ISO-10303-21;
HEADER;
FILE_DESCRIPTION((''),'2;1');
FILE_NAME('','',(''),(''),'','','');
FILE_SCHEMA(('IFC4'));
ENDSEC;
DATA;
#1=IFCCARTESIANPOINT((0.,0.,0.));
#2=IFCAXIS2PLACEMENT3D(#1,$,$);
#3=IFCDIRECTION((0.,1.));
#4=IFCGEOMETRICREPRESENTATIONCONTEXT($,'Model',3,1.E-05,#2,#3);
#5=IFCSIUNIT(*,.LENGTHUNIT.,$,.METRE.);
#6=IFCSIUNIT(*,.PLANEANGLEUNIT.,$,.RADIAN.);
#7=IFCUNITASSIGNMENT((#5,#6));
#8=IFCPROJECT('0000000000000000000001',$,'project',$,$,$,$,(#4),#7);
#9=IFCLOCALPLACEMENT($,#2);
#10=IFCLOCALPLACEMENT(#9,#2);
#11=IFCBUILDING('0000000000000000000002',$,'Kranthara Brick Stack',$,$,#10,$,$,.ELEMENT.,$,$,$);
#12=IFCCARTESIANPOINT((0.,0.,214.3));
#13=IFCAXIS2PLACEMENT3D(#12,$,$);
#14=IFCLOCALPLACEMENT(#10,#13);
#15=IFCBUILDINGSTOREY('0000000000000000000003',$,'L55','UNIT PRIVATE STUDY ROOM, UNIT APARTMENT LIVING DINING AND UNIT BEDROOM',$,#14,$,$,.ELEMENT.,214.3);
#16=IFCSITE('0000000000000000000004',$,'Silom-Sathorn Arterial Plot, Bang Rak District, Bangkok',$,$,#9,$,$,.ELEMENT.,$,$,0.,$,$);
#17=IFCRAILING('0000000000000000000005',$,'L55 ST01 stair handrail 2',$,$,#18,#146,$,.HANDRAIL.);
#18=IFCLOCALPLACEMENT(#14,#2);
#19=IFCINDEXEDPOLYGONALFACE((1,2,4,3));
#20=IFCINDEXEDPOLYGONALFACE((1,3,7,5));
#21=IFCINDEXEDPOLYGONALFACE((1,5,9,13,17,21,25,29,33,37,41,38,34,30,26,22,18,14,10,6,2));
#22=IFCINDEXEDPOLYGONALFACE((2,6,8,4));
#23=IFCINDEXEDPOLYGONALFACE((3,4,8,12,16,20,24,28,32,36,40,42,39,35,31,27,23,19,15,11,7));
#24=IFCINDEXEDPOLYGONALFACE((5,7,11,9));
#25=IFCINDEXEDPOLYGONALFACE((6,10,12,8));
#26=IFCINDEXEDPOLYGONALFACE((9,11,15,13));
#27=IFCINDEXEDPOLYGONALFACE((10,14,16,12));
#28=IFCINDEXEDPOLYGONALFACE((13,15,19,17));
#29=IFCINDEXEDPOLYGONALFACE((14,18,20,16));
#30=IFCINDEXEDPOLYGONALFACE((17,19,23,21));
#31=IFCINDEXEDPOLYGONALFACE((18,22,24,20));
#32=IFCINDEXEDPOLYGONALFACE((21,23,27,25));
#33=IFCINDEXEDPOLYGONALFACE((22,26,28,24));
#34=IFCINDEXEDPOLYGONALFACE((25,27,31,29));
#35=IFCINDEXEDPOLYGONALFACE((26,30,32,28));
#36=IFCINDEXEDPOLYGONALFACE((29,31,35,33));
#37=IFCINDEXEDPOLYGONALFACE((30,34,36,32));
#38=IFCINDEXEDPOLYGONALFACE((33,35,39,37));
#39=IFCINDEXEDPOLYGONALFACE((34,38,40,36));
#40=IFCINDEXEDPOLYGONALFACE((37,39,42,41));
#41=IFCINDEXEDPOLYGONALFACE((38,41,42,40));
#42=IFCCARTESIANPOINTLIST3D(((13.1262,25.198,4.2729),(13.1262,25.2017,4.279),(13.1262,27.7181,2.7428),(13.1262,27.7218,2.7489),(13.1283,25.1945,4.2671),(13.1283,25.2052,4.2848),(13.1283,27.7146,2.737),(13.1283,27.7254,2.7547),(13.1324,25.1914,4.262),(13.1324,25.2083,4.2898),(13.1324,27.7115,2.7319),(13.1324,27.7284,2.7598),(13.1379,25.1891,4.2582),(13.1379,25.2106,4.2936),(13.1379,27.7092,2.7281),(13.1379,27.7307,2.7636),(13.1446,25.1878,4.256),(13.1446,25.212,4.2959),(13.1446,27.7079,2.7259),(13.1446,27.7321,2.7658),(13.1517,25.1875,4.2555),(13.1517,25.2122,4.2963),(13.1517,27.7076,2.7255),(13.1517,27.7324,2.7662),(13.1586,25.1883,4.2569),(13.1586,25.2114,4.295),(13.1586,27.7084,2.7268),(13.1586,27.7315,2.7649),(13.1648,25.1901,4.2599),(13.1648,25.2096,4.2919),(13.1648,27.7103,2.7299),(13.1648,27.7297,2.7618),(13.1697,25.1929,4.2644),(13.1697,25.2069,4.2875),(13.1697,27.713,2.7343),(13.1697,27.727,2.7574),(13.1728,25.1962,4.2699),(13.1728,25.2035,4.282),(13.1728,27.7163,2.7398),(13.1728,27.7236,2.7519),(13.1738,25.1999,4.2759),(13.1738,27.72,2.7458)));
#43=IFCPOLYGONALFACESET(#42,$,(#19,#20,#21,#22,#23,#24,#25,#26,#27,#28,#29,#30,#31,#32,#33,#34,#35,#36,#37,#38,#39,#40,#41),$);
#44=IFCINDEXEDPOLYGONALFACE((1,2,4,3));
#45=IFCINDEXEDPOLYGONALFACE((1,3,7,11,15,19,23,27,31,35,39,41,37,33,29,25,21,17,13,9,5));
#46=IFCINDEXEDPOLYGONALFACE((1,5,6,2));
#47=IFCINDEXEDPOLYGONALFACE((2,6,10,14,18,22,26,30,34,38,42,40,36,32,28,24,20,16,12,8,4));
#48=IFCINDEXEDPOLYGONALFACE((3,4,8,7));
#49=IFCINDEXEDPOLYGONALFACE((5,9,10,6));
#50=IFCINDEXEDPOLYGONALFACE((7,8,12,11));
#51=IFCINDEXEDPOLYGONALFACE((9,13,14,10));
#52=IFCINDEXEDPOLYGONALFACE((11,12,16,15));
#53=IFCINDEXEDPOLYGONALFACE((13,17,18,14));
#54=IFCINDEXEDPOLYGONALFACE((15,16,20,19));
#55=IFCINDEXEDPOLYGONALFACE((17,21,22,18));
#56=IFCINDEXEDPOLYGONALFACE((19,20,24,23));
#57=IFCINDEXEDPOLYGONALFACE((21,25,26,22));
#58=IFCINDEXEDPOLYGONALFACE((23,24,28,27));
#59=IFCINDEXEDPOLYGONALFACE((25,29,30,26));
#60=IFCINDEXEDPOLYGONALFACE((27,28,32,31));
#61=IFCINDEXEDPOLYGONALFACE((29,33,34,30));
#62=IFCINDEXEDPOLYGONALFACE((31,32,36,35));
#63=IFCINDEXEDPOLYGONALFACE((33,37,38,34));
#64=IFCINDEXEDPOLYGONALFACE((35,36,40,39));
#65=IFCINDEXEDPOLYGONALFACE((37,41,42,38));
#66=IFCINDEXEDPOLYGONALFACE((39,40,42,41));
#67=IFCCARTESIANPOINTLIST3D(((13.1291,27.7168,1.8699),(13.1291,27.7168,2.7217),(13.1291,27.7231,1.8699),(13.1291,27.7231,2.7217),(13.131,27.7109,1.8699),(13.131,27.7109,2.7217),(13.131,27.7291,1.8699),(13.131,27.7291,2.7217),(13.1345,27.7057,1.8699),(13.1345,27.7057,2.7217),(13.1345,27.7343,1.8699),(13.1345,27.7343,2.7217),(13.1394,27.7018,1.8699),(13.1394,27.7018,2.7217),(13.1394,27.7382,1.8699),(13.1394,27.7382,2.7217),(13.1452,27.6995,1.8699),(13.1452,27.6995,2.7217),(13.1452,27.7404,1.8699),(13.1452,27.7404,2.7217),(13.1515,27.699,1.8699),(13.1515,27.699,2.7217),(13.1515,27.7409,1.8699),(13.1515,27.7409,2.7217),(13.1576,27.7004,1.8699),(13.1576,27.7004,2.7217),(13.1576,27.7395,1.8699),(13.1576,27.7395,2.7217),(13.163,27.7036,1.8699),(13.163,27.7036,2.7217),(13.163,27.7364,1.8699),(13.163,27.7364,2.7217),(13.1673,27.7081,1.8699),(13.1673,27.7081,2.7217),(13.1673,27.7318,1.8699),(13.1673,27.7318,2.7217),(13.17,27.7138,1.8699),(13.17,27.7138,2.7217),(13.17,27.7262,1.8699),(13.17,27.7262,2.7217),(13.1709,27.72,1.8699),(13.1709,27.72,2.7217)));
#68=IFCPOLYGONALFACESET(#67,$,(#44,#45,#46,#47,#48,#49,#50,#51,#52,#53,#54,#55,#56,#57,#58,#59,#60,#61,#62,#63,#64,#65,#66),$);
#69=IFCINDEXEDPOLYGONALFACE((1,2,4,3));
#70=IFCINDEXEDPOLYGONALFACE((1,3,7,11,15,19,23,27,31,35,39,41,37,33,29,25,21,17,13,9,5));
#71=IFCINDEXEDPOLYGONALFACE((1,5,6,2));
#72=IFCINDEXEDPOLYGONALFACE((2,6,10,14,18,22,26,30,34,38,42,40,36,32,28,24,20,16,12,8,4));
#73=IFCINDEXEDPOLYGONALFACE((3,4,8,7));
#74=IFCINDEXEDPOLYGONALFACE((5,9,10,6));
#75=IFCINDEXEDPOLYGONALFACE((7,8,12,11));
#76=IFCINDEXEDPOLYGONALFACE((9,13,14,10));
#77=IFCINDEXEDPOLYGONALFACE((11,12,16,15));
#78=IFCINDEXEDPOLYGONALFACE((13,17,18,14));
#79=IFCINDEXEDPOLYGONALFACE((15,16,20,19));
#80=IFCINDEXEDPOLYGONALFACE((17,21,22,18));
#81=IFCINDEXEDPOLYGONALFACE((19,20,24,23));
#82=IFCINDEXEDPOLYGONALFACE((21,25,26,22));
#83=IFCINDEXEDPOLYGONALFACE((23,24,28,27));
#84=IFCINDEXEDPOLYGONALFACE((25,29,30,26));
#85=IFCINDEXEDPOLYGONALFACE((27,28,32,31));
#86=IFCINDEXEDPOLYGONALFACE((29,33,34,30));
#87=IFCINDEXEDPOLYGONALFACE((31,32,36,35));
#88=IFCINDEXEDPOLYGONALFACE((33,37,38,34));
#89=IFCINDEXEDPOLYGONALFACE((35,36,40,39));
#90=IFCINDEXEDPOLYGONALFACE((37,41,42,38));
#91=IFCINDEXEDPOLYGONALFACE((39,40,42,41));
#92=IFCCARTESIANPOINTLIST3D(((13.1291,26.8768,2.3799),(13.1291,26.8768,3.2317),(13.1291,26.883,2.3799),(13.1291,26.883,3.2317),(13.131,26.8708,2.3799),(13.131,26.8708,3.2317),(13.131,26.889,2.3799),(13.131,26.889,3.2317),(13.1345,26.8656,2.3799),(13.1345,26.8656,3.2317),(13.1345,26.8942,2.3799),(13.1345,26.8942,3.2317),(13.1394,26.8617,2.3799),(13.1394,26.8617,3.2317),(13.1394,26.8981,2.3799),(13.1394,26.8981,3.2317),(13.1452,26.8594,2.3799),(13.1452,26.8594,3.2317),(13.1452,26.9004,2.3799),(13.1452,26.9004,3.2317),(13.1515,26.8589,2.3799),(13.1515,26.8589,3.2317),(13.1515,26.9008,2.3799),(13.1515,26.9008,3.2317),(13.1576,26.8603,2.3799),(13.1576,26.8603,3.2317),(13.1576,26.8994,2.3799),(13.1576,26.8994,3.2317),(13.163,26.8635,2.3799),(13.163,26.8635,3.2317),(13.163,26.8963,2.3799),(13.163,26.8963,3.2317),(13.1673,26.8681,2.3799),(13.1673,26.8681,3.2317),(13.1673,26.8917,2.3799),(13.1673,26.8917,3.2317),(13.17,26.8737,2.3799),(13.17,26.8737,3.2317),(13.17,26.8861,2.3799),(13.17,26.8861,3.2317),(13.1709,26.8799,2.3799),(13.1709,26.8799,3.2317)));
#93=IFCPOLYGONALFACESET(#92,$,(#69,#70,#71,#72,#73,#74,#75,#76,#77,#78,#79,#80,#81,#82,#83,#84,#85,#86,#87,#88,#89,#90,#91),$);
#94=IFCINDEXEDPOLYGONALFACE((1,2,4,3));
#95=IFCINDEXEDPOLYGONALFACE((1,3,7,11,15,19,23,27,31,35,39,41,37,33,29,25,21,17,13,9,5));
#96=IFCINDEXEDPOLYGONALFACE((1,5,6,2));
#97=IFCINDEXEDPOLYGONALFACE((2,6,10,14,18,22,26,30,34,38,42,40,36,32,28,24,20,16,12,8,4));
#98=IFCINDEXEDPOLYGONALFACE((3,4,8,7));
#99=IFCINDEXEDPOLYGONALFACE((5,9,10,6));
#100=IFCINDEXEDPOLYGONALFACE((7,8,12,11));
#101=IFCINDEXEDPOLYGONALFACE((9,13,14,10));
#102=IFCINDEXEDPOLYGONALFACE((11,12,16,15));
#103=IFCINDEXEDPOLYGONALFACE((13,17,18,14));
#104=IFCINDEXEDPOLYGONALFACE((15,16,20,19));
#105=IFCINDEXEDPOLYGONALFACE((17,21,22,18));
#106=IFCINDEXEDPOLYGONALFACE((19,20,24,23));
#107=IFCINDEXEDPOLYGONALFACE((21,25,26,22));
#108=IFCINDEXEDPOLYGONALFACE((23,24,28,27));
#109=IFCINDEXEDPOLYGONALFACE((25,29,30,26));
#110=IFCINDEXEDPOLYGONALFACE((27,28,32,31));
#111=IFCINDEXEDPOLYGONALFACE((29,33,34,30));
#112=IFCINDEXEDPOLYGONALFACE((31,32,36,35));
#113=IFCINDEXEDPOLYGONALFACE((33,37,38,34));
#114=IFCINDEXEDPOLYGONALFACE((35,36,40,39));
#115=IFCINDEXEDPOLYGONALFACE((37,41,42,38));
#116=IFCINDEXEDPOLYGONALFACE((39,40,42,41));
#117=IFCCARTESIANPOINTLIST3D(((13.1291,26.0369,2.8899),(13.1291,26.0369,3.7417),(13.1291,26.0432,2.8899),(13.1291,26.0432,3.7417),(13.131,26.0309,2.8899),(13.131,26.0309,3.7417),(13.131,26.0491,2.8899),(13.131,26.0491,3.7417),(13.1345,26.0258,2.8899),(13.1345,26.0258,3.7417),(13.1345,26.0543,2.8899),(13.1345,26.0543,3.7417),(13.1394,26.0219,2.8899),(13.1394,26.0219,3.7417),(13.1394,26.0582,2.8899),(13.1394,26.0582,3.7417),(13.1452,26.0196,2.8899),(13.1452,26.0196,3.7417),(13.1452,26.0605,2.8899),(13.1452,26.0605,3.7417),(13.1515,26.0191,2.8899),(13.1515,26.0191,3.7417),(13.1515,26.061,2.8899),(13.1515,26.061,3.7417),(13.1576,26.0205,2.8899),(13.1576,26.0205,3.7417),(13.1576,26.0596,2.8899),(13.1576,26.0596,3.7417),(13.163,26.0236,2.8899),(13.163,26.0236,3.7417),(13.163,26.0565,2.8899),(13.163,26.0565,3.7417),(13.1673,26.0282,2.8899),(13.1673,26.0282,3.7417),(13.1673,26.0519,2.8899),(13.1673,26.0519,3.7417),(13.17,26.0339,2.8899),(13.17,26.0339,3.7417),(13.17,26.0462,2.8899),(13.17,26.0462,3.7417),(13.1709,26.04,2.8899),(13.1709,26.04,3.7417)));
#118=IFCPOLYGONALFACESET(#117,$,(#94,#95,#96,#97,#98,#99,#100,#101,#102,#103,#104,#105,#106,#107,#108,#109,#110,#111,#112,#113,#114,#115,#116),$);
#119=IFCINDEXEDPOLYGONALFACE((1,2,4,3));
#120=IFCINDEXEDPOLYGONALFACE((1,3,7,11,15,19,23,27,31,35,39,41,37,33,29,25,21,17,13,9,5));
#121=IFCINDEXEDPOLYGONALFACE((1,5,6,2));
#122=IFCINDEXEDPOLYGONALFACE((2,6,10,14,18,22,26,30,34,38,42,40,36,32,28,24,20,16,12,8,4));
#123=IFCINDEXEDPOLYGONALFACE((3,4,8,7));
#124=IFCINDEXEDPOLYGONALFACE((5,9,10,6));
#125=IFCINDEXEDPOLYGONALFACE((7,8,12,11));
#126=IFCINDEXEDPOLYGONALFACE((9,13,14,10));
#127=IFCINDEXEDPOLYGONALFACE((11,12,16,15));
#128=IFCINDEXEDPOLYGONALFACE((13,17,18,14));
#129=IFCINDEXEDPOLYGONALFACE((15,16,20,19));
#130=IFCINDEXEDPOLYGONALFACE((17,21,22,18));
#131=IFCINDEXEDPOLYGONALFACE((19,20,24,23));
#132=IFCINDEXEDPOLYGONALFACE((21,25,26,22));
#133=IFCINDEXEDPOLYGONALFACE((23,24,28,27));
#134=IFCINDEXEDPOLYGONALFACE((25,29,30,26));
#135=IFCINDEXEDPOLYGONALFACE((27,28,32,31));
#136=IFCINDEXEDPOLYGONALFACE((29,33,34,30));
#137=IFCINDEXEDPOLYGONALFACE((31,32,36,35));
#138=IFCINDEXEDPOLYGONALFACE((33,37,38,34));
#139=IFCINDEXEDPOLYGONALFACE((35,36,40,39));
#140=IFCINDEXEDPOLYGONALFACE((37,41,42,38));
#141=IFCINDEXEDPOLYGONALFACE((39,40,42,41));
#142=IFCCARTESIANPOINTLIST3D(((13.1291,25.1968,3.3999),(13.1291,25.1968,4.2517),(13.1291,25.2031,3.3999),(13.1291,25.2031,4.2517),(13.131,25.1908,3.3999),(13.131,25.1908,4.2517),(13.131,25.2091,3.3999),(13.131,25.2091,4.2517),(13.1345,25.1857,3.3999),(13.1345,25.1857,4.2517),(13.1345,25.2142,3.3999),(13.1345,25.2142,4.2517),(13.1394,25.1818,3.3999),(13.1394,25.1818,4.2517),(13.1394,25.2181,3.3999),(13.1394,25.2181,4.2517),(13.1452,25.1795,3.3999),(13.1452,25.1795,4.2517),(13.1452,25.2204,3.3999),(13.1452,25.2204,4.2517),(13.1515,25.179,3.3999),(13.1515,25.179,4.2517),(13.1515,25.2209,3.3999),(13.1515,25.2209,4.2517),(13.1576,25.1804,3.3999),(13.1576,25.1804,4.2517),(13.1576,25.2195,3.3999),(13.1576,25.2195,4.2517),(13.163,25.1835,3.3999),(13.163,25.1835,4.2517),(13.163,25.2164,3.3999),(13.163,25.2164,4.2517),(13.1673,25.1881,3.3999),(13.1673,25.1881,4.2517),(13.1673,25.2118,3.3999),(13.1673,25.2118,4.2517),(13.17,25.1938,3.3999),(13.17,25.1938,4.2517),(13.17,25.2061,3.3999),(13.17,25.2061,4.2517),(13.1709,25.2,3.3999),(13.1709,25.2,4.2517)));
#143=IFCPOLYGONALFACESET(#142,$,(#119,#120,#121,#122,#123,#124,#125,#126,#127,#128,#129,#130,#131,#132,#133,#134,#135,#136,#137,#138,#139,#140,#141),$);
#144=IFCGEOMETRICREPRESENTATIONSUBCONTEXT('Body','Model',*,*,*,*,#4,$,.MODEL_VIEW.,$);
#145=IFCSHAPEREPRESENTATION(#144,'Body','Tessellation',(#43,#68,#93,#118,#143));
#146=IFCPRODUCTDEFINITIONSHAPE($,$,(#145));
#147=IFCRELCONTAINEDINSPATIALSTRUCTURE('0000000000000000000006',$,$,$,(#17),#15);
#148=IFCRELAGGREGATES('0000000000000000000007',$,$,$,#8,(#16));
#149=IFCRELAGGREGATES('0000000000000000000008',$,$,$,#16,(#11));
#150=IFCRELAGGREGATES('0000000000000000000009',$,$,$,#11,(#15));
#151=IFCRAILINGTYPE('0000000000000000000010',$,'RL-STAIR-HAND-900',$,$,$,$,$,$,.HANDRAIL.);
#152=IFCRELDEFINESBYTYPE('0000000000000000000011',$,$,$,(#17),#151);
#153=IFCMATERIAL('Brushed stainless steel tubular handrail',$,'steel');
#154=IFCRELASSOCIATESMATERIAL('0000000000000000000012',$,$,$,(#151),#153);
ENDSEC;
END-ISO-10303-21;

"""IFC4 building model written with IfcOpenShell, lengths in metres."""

from ifc_helpers import new_model, si_unit, direction, frame, origin, origin_2d, place, context, subcontext, project, spatial, circle, extrude, material, type_object, element, save


model = new_model("IFC4")

# Units and contexts
model_context = context("Model", 3, precision=1e-05, world=origin(), true_north=direction((0.0, 1.0)))
body_context = subcontext(model_context, "Body", "Model", "MODEL_VIEW")
ifc_project = project(units=[si_unit("LENGTHUNIT", "METRE"), si_unit("PLANEANGLEUNIT", "RADIAN")], contexts=[model_context])

# Site, building, storey
site_placement = place(None, origin())
site = spatial("IfcSite", under=ifc_project, at=site_placement, Name="Silom-Sathorn Arterial Plot, Bang Rak District, Bangkok", CompositionType="ELEMENT", RefElevation=0.0)
building_placement = place(site_placement, origin())
building = spatial("IfcBuilding", under=site, at=building_placement, Name="Kranthara Brick Stack", CompositionType="ELEMENT")
storey_placement = place(building_placement, frame((0.0, 0.0, 214.3)))
storey = spatial("IfcBuildingStorey", under=building, at=storey_placement, Name="L55", Description="UNIT PRIVATE STUDY ROOM, UNIT APARTMENT LIVING DINING AND UNIT BEDROOM", CompositionType="ELEMENT", Elevation=214.3)

# Railing
ifc_material_1 = material(Name="Brushed stainless steel tubular handrail", Category="steel")
railing_type_1 = type_object("IfcRailingType", Name="RL-STAIR-HAND-900", PredefinedType="HANDRAIL", material=ifc_material_1)
railing_1_placement = place(storey_placement, frame((13.1499, 27.72, 1.8699)))
element("IfcRailing", 1, at=railing_1_placement, inside=storey, type_object=railing_type_1, Name="L55 ST01 stair handrail 2", PredefinedType="HANDRAIL", context=body_context, shape_type="SweptSolid", body=[
    extrude(circle(Radius=0.0239, at=origin_2d()), frame((0.0, 0.0, 0.876), z_axis=(0.0, -0.854785, 0.518982), x_axis=(1.0, 0.0, 0.0)), (0.0, 0.0, 1.0), 2.9482),
    extrude(circle(Radius=0.021, at=origin_2d()), origin(), (0.0, 0.0, 1.0), 0.8518),
    extrude(circle(Radius=0.021, at=origin_2d()), frame((0.0, -0.8401, 0.51)), (0.0, 0.0, 1.0), 0.8518),
    extrude(circle(Radius=0.021, at=origin_2d()), frame((0.0, -1.6799, 1.02)), (0.0, 0.0, 1.0), 0.8518),
    extrude(circle(Radius=0.021, at=origin_2d()), frame((0.0, -2.52, 1.53)), (0.0, 0.0, 1.0), 0.8518),
])

save(model, "model.ifc")
